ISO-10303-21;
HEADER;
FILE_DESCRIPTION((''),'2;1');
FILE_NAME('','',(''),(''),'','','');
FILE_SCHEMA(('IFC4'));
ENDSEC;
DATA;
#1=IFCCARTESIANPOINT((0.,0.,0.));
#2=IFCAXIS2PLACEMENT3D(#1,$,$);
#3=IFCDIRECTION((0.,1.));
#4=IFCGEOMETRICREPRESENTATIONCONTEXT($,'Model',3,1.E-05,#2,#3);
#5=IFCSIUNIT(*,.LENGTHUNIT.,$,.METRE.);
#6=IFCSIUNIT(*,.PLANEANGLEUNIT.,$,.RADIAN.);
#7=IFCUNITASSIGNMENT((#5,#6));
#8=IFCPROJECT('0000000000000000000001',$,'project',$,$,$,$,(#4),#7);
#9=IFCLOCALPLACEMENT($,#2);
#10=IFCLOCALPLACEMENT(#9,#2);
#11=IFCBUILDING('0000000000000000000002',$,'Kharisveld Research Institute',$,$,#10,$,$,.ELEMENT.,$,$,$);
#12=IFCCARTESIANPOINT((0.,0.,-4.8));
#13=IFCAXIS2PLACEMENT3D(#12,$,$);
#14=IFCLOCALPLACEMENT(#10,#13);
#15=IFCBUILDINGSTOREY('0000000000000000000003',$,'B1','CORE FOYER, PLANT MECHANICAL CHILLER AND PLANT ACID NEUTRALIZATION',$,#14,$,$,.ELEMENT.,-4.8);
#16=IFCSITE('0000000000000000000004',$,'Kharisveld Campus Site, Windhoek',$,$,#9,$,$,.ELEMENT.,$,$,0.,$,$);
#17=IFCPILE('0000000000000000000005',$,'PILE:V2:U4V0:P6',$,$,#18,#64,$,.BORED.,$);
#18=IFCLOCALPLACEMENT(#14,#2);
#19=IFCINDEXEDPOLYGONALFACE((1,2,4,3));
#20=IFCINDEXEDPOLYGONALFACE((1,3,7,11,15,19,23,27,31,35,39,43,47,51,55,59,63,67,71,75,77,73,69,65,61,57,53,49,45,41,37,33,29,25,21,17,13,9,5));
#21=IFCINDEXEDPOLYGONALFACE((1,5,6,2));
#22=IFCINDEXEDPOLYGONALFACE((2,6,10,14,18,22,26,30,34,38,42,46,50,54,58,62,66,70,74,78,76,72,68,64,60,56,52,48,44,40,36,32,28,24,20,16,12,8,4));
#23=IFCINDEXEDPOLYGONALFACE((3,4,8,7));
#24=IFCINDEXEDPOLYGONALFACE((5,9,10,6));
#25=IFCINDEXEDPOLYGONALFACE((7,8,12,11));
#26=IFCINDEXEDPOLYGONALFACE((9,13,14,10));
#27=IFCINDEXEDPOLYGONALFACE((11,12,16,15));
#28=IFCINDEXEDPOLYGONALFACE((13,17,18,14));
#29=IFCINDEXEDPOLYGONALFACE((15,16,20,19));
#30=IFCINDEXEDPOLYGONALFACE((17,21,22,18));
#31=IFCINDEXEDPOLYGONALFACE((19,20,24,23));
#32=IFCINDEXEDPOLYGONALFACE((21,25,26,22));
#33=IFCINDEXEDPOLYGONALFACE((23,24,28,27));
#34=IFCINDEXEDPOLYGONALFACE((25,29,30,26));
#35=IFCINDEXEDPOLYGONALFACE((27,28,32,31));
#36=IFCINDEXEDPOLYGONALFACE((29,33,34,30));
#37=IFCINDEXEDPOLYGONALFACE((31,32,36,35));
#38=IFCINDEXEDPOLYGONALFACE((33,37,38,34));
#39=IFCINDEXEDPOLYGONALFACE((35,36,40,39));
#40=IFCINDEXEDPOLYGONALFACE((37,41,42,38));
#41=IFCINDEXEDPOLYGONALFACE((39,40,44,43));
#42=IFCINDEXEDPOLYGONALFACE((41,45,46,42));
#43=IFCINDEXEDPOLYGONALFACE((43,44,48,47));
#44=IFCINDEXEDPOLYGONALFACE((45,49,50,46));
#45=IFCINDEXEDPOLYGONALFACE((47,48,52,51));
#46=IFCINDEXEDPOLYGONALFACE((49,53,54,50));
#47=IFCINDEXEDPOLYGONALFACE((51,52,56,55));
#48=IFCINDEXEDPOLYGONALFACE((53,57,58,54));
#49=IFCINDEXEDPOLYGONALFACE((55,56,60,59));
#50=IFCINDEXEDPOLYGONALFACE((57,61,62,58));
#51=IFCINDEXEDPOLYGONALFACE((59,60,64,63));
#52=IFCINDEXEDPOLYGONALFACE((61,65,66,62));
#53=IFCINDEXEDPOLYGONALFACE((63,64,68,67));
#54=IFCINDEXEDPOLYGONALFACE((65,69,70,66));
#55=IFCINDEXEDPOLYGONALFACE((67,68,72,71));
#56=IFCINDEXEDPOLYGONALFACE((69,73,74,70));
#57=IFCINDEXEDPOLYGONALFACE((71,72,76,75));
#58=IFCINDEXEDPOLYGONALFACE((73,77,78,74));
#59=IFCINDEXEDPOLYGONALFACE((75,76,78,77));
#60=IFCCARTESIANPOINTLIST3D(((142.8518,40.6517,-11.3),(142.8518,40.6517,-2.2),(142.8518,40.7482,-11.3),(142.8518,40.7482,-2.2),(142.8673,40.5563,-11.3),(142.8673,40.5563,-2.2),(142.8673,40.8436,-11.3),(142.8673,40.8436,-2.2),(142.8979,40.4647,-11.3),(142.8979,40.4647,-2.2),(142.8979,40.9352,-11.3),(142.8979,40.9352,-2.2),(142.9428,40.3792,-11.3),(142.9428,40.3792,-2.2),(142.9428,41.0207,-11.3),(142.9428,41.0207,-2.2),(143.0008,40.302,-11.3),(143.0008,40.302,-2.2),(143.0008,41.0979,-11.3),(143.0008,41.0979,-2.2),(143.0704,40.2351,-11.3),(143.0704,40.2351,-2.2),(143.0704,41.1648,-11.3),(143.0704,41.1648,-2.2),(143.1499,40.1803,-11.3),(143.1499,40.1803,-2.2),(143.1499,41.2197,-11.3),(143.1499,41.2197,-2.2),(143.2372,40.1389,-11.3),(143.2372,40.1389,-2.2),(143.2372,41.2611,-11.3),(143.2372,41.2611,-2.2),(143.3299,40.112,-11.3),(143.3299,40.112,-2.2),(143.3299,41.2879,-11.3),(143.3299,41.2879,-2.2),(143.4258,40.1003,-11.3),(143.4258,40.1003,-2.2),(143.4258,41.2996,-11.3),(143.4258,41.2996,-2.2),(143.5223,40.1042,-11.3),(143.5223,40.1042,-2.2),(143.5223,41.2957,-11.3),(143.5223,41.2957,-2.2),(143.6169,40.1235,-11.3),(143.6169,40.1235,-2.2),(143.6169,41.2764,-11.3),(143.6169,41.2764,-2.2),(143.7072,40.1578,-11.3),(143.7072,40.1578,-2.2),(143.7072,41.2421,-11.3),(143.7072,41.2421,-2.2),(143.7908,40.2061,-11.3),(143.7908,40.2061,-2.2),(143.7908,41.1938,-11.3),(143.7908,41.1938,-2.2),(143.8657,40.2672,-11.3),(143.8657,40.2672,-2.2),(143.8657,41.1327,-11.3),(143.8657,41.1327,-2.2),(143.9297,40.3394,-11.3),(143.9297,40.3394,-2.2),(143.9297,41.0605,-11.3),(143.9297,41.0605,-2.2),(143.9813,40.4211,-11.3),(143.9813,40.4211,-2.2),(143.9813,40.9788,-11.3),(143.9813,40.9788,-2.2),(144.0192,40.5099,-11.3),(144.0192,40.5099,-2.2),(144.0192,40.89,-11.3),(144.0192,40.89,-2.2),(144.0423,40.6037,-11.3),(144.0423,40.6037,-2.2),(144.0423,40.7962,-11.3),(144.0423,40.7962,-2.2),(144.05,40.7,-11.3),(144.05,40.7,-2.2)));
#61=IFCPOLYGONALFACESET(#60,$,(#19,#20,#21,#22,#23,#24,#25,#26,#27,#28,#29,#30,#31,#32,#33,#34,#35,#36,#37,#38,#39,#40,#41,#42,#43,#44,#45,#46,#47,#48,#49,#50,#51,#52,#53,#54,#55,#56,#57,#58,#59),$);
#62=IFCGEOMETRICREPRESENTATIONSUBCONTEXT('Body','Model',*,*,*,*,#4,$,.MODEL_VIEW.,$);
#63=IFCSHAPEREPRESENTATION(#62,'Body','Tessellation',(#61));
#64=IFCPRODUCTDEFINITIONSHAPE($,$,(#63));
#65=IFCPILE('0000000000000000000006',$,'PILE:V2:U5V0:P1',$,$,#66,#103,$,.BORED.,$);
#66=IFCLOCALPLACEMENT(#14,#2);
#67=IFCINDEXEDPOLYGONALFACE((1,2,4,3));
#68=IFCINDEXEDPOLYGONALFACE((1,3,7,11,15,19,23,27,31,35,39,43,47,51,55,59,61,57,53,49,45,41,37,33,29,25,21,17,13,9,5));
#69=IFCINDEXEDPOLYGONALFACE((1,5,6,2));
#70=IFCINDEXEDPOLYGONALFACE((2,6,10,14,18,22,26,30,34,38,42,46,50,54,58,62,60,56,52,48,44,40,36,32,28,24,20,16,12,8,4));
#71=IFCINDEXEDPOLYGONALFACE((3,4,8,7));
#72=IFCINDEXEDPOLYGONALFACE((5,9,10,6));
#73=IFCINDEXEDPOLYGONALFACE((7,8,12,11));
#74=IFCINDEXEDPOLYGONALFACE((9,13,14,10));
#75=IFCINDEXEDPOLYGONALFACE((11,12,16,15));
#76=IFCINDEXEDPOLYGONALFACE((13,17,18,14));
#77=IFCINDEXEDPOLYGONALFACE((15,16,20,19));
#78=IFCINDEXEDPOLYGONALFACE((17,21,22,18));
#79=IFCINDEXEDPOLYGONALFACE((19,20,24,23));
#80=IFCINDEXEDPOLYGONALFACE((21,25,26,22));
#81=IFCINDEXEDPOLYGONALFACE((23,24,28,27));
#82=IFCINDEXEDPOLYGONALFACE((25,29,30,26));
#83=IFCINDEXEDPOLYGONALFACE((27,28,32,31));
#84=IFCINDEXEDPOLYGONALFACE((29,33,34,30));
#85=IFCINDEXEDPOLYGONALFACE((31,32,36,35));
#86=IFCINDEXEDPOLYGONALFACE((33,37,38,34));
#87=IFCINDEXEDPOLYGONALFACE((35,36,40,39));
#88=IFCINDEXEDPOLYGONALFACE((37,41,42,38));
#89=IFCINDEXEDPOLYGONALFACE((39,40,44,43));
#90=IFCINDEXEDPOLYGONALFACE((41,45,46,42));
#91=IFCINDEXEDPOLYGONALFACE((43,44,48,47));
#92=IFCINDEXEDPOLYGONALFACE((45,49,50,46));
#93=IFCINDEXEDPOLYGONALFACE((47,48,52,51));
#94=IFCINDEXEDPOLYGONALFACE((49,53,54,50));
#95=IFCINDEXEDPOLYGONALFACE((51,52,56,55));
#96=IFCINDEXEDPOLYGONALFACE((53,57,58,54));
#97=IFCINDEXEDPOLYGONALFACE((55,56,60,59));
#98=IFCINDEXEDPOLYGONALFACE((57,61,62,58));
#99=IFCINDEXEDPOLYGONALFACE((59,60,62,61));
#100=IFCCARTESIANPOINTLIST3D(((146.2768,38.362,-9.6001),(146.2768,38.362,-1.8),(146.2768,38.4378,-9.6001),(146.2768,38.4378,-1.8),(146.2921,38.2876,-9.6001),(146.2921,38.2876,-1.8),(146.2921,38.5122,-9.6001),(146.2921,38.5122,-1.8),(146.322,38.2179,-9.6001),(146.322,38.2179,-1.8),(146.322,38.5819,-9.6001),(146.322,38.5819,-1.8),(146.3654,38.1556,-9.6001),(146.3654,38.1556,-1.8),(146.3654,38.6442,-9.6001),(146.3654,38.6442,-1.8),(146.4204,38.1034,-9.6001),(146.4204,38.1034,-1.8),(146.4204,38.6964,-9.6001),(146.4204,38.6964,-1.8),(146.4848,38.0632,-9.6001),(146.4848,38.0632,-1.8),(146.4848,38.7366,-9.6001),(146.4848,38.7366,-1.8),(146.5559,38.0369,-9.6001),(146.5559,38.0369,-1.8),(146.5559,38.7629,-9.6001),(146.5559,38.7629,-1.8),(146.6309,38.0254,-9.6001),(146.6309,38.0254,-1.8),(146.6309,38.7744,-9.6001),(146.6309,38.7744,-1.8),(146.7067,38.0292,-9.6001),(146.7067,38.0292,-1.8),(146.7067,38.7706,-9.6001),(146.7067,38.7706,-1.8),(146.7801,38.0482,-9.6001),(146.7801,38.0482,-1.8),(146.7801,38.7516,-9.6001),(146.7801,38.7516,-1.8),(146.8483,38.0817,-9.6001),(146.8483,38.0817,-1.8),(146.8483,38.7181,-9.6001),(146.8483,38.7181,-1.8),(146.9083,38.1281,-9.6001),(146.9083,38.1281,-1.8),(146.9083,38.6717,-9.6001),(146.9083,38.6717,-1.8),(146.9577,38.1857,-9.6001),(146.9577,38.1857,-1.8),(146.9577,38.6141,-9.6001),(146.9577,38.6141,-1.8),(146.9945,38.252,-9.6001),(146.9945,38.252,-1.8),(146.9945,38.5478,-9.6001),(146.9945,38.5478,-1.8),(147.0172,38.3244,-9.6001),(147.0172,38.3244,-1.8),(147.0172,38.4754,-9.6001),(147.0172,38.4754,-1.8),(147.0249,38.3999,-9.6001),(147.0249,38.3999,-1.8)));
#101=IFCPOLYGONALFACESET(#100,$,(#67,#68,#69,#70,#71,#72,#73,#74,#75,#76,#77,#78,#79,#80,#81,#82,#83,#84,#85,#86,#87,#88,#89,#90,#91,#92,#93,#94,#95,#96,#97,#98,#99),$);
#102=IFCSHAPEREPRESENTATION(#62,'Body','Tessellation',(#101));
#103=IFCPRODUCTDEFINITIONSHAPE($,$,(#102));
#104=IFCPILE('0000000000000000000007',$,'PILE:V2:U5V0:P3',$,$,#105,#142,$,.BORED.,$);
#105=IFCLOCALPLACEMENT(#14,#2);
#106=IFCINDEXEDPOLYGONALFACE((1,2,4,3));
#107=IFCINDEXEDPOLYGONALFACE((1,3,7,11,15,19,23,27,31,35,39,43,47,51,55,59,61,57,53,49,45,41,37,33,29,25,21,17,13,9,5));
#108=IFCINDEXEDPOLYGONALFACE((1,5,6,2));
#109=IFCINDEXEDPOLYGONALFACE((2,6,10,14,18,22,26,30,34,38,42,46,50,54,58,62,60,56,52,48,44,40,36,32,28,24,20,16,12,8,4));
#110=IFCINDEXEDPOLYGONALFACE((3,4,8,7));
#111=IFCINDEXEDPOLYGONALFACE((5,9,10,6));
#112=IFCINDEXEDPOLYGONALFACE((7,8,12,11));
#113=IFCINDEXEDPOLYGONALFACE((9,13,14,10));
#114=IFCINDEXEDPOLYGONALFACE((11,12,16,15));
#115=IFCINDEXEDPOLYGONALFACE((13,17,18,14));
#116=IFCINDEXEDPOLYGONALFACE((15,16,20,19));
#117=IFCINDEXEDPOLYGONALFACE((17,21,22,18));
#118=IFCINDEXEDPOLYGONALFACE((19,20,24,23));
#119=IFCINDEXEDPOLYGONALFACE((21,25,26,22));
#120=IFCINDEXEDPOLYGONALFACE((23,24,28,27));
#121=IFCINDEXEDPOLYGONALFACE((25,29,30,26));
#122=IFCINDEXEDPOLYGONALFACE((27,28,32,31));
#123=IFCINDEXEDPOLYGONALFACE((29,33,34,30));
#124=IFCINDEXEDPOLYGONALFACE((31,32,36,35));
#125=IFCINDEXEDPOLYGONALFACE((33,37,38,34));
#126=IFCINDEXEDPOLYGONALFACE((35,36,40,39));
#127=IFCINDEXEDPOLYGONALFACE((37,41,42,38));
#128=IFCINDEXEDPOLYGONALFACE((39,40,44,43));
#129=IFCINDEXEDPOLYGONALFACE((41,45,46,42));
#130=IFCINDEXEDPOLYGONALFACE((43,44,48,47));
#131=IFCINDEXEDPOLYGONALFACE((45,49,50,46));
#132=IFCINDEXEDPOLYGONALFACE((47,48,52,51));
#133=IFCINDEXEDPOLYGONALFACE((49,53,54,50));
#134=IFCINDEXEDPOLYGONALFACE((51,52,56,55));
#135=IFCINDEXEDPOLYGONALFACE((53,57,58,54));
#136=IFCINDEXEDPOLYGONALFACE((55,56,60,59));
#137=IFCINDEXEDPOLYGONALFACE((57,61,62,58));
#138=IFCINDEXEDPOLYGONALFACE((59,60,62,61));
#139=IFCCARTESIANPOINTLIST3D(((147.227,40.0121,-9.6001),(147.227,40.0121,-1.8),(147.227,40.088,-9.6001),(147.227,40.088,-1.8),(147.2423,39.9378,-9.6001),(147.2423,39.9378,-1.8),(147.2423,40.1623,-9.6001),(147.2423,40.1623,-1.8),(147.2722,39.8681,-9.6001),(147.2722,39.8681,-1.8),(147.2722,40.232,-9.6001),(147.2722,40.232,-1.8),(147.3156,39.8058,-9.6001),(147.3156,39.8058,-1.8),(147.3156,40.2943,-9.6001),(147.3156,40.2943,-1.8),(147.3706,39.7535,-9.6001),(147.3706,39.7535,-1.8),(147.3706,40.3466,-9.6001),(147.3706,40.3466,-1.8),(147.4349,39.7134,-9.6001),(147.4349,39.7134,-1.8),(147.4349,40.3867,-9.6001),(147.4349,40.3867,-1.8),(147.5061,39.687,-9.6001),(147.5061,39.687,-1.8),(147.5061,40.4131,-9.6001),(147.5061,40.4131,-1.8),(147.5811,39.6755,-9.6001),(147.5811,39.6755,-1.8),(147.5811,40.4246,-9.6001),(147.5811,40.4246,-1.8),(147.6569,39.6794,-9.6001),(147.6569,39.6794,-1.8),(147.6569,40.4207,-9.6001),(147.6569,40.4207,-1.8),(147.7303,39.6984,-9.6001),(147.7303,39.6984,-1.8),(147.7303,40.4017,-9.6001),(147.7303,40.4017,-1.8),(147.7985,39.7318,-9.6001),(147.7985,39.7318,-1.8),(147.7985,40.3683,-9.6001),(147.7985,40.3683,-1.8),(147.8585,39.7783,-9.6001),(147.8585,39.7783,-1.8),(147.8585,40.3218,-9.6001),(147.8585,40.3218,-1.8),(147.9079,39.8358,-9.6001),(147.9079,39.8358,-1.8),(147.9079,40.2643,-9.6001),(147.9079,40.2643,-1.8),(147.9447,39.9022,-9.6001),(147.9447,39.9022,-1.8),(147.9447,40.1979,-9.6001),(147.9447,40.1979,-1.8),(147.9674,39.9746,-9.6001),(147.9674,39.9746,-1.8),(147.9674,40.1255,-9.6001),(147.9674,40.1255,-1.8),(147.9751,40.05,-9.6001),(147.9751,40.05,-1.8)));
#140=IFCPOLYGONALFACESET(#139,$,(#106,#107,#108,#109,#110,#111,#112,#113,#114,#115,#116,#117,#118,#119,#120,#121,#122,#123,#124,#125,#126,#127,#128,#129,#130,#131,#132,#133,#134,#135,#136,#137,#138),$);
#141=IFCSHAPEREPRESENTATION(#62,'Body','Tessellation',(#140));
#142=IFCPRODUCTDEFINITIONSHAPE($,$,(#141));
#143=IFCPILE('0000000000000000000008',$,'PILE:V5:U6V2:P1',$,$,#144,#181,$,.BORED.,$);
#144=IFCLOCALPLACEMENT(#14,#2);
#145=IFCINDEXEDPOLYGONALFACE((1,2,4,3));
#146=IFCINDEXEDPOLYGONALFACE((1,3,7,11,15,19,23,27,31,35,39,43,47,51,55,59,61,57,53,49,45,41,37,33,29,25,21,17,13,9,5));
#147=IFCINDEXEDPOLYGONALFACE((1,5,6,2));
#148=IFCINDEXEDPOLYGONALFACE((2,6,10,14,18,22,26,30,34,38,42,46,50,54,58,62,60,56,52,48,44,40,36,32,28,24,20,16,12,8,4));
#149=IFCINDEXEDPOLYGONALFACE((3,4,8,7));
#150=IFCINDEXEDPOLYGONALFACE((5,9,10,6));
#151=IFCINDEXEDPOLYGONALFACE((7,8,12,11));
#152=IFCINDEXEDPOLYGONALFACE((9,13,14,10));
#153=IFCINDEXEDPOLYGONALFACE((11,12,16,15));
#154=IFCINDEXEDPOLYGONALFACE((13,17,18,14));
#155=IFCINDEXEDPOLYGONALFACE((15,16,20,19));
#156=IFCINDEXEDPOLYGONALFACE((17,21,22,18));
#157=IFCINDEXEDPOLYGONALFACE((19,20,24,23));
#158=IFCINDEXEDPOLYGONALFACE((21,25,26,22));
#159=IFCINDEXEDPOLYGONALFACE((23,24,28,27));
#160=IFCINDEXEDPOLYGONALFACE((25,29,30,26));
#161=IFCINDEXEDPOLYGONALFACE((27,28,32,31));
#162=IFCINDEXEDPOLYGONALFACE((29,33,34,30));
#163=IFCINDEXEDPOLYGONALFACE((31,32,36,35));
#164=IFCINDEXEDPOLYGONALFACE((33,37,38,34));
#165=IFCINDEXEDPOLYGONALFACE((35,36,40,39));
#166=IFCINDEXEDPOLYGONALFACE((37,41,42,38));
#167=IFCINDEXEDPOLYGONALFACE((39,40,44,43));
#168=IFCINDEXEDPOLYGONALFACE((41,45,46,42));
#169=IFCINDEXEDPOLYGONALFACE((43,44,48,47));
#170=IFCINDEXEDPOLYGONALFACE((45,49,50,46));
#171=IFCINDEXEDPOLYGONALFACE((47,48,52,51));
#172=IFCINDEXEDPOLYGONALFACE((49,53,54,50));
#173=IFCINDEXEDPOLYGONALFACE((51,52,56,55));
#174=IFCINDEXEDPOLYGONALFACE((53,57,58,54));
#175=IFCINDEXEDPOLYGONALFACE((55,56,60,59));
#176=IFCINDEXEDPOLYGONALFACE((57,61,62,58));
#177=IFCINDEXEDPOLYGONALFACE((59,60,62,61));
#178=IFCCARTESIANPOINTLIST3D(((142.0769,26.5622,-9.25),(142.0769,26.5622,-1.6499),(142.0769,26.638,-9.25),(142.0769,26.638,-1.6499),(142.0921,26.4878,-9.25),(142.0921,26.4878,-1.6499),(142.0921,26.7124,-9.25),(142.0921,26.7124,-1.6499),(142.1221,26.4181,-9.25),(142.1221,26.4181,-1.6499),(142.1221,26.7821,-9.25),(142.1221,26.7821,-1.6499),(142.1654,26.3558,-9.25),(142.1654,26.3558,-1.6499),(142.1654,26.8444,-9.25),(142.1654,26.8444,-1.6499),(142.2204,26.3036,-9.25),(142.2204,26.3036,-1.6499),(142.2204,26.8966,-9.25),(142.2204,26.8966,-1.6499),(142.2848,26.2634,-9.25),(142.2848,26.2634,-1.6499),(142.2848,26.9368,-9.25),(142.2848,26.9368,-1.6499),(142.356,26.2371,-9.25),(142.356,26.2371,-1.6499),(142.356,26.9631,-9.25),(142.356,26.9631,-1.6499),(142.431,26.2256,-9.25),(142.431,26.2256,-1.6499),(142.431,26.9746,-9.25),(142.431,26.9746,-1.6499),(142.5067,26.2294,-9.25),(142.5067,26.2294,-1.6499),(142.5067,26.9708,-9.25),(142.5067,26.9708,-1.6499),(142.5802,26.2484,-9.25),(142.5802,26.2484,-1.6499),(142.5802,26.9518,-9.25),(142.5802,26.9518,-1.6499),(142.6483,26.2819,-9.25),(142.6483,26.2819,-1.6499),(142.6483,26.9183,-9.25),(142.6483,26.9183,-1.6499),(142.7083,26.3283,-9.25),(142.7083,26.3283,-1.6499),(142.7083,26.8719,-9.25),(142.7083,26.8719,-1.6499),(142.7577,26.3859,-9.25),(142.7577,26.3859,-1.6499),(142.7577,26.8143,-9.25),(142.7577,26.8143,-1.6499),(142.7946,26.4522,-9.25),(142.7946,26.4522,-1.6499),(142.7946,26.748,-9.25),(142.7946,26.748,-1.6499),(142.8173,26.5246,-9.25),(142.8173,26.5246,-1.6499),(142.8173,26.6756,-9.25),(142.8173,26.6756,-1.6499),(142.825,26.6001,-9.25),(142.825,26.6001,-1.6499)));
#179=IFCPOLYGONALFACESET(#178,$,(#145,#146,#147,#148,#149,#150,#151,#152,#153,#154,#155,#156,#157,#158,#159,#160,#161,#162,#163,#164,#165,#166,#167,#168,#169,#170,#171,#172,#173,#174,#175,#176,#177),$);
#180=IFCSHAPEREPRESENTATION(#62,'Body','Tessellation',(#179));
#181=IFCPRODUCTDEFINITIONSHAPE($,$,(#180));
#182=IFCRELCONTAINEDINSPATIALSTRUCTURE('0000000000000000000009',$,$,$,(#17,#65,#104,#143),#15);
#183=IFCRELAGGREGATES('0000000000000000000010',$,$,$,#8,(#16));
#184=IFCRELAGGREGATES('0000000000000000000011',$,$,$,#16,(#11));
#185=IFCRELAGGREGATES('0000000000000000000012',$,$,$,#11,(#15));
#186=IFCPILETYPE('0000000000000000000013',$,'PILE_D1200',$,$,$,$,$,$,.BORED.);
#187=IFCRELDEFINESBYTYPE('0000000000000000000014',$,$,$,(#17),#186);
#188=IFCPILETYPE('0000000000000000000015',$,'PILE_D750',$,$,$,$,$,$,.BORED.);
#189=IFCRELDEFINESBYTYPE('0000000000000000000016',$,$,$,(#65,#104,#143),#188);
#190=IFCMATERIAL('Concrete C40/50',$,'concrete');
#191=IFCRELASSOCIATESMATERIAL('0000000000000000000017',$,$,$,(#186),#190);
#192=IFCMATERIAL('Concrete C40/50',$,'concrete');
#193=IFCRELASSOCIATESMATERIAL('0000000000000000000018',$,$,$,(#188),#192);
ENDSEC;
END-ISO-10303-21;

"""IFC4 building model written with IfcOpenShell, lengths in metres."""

from ifc_helpers import new_model, si_unit, direction, frame, origin, origin_2d, place, context, subcontext, project, spatial, circle, extrude, material, material_profile, profile_set, type_object, element, save


model = new_model("IFC4")

# Units and contexts
model_context = context("Model", 3, precision=1e-05, world=origin(), true_north=direction((0.0, 1.0)))
body_context = subcontext(model_context, "Body", "Model", "MODEL_VIEW")
ifc_project = project(units=[si_unit("LENGTHUNIT", "METRE"), si_unit("PLANEANGLEUNIT", "RADIAN")], contexts=[model_context])

# Site, building, storey
site_placement = place(None, origin())
site = spatial("IfcSite", under=ifc_project, at=site_placement, Name="Kharisveld Campus Site, Windhoek", CompositionType="ELEMENT", RefElevation=0.0)
building_placement = place(site_placement, origin())
building = spatial("IfcBuilding", under=site, at=building_placement, Name="Kharisveld Research Institute", CompositionType="ELEMENT")
storey_placement = place(building_placement, frame((0.0, 0.0, -4.8)))
storey = spatial("IfcBuildingStorey", under=building, at=storey_placement, Name="B1", Description="CORE FOYER, PLANT MECHANICAL CHILLER AND PLANT ACID NEUTRALIZATION", CompositionType="ELEMENT", Elevation=-4.8)

# Piles
ifc_material_1 = material(Name="Concrete C40/50", Category="concrete")
ifc_material_profile_1 = material_profile(ifc_material_1, circle(Radius=0.6001, at=origin_2d()))
ifc_profile_set_1 = profile_set([ifc_material_profile_1], Name="Concrete C40/50")
pile_type_1 = type_object("IfcPileType", Name="PILE_D1200", PredefinedType="BORED", material=ifc_profile_set_1)
for number, where, z_axis, x_axis, name in (
    (1, (143.45, 40.7, -2.2), (0.0, 0.0, -1.0), (1.0, 0.0, 0.0), "PILE:V2:U4V0:P6"),
):
    element("IfcPile", number, at=place(storey_placement, frame(where, z_axis=z_axis, x_axis=x_axis)), inside=storey, type_object=pile_type_1, Name=name, PredefinedType="BORED", context=body_context, shape_type="SweptSolid", body=[
        extrude(circle(Radius=0.6001, at=origin_2d()), origin(), (0.0, 0.0, 1.0), 9.1001),
    ])
ifc_material_2 = material(Name="Concrete C40/50", Category="concrete")
ifc_material_profile_2 = material_profile(ifc_material_2, circle(Radius=0.375, at=origin_2d()))
ifc_profile_set_2 = profile_set([ifc_material_profile_2], Name="Concrete C40/50")
pile_type_2 = type_object("IfcPileType", Name="PILE_D750", PredefinedType="BORED", material=ifc_profile_set_2)
for number, where, z_axis, x_axis, name in (
    (2, (146.6499, 38.3999, -1.8), (0.0, 0.0, -1.0), (1.0, 0.0, 0.0), "PILE:V2:U5V0:P1"),
    (3, (147.6001, 40.05, -1.8), (0.0, 0.0, -1.0), (1.0, 0.0, 0.0), "PILE:V2:U5V0:P3"),
):
    element("IfcPile", number, at=place(storey_placement, frame(where, z_axis=z_axis, x_axis=x_axis)), inside=storey, type_object=pile_type_2, Name=name, PredefinedType="BORED", context=body_context, shape_type="SweptSolid", body=[
        extrude(circle(Radius=0.375, at=origin_2d()), origin(), (0.0, 0.0, 1.0), 7.8),
    ])
for number, where, z_axis, x_axis, name in (
    (4, (142.45, 26.6001, -1.6499), (0.0, 0.0, -1.0), (1.0, 0.0, 0.0), "PILE:V5:U6V2:P1"),
):
    element("IfcPile", number, at=place(storey_placement, frame(where, z_axis=z_axis, x_axis=x_axis)), inside=storey, type_object=pile_type_2, Name=name, PredefinedType="BORED", context=body_context, shape_type="SweptSolid", body=[
        extrude(circle(Radius=0.375, at=origin_2d()), origin(), (0.0, 0.0, 1.0), 7.6001),
    ])

save(model, "model.ifc")
